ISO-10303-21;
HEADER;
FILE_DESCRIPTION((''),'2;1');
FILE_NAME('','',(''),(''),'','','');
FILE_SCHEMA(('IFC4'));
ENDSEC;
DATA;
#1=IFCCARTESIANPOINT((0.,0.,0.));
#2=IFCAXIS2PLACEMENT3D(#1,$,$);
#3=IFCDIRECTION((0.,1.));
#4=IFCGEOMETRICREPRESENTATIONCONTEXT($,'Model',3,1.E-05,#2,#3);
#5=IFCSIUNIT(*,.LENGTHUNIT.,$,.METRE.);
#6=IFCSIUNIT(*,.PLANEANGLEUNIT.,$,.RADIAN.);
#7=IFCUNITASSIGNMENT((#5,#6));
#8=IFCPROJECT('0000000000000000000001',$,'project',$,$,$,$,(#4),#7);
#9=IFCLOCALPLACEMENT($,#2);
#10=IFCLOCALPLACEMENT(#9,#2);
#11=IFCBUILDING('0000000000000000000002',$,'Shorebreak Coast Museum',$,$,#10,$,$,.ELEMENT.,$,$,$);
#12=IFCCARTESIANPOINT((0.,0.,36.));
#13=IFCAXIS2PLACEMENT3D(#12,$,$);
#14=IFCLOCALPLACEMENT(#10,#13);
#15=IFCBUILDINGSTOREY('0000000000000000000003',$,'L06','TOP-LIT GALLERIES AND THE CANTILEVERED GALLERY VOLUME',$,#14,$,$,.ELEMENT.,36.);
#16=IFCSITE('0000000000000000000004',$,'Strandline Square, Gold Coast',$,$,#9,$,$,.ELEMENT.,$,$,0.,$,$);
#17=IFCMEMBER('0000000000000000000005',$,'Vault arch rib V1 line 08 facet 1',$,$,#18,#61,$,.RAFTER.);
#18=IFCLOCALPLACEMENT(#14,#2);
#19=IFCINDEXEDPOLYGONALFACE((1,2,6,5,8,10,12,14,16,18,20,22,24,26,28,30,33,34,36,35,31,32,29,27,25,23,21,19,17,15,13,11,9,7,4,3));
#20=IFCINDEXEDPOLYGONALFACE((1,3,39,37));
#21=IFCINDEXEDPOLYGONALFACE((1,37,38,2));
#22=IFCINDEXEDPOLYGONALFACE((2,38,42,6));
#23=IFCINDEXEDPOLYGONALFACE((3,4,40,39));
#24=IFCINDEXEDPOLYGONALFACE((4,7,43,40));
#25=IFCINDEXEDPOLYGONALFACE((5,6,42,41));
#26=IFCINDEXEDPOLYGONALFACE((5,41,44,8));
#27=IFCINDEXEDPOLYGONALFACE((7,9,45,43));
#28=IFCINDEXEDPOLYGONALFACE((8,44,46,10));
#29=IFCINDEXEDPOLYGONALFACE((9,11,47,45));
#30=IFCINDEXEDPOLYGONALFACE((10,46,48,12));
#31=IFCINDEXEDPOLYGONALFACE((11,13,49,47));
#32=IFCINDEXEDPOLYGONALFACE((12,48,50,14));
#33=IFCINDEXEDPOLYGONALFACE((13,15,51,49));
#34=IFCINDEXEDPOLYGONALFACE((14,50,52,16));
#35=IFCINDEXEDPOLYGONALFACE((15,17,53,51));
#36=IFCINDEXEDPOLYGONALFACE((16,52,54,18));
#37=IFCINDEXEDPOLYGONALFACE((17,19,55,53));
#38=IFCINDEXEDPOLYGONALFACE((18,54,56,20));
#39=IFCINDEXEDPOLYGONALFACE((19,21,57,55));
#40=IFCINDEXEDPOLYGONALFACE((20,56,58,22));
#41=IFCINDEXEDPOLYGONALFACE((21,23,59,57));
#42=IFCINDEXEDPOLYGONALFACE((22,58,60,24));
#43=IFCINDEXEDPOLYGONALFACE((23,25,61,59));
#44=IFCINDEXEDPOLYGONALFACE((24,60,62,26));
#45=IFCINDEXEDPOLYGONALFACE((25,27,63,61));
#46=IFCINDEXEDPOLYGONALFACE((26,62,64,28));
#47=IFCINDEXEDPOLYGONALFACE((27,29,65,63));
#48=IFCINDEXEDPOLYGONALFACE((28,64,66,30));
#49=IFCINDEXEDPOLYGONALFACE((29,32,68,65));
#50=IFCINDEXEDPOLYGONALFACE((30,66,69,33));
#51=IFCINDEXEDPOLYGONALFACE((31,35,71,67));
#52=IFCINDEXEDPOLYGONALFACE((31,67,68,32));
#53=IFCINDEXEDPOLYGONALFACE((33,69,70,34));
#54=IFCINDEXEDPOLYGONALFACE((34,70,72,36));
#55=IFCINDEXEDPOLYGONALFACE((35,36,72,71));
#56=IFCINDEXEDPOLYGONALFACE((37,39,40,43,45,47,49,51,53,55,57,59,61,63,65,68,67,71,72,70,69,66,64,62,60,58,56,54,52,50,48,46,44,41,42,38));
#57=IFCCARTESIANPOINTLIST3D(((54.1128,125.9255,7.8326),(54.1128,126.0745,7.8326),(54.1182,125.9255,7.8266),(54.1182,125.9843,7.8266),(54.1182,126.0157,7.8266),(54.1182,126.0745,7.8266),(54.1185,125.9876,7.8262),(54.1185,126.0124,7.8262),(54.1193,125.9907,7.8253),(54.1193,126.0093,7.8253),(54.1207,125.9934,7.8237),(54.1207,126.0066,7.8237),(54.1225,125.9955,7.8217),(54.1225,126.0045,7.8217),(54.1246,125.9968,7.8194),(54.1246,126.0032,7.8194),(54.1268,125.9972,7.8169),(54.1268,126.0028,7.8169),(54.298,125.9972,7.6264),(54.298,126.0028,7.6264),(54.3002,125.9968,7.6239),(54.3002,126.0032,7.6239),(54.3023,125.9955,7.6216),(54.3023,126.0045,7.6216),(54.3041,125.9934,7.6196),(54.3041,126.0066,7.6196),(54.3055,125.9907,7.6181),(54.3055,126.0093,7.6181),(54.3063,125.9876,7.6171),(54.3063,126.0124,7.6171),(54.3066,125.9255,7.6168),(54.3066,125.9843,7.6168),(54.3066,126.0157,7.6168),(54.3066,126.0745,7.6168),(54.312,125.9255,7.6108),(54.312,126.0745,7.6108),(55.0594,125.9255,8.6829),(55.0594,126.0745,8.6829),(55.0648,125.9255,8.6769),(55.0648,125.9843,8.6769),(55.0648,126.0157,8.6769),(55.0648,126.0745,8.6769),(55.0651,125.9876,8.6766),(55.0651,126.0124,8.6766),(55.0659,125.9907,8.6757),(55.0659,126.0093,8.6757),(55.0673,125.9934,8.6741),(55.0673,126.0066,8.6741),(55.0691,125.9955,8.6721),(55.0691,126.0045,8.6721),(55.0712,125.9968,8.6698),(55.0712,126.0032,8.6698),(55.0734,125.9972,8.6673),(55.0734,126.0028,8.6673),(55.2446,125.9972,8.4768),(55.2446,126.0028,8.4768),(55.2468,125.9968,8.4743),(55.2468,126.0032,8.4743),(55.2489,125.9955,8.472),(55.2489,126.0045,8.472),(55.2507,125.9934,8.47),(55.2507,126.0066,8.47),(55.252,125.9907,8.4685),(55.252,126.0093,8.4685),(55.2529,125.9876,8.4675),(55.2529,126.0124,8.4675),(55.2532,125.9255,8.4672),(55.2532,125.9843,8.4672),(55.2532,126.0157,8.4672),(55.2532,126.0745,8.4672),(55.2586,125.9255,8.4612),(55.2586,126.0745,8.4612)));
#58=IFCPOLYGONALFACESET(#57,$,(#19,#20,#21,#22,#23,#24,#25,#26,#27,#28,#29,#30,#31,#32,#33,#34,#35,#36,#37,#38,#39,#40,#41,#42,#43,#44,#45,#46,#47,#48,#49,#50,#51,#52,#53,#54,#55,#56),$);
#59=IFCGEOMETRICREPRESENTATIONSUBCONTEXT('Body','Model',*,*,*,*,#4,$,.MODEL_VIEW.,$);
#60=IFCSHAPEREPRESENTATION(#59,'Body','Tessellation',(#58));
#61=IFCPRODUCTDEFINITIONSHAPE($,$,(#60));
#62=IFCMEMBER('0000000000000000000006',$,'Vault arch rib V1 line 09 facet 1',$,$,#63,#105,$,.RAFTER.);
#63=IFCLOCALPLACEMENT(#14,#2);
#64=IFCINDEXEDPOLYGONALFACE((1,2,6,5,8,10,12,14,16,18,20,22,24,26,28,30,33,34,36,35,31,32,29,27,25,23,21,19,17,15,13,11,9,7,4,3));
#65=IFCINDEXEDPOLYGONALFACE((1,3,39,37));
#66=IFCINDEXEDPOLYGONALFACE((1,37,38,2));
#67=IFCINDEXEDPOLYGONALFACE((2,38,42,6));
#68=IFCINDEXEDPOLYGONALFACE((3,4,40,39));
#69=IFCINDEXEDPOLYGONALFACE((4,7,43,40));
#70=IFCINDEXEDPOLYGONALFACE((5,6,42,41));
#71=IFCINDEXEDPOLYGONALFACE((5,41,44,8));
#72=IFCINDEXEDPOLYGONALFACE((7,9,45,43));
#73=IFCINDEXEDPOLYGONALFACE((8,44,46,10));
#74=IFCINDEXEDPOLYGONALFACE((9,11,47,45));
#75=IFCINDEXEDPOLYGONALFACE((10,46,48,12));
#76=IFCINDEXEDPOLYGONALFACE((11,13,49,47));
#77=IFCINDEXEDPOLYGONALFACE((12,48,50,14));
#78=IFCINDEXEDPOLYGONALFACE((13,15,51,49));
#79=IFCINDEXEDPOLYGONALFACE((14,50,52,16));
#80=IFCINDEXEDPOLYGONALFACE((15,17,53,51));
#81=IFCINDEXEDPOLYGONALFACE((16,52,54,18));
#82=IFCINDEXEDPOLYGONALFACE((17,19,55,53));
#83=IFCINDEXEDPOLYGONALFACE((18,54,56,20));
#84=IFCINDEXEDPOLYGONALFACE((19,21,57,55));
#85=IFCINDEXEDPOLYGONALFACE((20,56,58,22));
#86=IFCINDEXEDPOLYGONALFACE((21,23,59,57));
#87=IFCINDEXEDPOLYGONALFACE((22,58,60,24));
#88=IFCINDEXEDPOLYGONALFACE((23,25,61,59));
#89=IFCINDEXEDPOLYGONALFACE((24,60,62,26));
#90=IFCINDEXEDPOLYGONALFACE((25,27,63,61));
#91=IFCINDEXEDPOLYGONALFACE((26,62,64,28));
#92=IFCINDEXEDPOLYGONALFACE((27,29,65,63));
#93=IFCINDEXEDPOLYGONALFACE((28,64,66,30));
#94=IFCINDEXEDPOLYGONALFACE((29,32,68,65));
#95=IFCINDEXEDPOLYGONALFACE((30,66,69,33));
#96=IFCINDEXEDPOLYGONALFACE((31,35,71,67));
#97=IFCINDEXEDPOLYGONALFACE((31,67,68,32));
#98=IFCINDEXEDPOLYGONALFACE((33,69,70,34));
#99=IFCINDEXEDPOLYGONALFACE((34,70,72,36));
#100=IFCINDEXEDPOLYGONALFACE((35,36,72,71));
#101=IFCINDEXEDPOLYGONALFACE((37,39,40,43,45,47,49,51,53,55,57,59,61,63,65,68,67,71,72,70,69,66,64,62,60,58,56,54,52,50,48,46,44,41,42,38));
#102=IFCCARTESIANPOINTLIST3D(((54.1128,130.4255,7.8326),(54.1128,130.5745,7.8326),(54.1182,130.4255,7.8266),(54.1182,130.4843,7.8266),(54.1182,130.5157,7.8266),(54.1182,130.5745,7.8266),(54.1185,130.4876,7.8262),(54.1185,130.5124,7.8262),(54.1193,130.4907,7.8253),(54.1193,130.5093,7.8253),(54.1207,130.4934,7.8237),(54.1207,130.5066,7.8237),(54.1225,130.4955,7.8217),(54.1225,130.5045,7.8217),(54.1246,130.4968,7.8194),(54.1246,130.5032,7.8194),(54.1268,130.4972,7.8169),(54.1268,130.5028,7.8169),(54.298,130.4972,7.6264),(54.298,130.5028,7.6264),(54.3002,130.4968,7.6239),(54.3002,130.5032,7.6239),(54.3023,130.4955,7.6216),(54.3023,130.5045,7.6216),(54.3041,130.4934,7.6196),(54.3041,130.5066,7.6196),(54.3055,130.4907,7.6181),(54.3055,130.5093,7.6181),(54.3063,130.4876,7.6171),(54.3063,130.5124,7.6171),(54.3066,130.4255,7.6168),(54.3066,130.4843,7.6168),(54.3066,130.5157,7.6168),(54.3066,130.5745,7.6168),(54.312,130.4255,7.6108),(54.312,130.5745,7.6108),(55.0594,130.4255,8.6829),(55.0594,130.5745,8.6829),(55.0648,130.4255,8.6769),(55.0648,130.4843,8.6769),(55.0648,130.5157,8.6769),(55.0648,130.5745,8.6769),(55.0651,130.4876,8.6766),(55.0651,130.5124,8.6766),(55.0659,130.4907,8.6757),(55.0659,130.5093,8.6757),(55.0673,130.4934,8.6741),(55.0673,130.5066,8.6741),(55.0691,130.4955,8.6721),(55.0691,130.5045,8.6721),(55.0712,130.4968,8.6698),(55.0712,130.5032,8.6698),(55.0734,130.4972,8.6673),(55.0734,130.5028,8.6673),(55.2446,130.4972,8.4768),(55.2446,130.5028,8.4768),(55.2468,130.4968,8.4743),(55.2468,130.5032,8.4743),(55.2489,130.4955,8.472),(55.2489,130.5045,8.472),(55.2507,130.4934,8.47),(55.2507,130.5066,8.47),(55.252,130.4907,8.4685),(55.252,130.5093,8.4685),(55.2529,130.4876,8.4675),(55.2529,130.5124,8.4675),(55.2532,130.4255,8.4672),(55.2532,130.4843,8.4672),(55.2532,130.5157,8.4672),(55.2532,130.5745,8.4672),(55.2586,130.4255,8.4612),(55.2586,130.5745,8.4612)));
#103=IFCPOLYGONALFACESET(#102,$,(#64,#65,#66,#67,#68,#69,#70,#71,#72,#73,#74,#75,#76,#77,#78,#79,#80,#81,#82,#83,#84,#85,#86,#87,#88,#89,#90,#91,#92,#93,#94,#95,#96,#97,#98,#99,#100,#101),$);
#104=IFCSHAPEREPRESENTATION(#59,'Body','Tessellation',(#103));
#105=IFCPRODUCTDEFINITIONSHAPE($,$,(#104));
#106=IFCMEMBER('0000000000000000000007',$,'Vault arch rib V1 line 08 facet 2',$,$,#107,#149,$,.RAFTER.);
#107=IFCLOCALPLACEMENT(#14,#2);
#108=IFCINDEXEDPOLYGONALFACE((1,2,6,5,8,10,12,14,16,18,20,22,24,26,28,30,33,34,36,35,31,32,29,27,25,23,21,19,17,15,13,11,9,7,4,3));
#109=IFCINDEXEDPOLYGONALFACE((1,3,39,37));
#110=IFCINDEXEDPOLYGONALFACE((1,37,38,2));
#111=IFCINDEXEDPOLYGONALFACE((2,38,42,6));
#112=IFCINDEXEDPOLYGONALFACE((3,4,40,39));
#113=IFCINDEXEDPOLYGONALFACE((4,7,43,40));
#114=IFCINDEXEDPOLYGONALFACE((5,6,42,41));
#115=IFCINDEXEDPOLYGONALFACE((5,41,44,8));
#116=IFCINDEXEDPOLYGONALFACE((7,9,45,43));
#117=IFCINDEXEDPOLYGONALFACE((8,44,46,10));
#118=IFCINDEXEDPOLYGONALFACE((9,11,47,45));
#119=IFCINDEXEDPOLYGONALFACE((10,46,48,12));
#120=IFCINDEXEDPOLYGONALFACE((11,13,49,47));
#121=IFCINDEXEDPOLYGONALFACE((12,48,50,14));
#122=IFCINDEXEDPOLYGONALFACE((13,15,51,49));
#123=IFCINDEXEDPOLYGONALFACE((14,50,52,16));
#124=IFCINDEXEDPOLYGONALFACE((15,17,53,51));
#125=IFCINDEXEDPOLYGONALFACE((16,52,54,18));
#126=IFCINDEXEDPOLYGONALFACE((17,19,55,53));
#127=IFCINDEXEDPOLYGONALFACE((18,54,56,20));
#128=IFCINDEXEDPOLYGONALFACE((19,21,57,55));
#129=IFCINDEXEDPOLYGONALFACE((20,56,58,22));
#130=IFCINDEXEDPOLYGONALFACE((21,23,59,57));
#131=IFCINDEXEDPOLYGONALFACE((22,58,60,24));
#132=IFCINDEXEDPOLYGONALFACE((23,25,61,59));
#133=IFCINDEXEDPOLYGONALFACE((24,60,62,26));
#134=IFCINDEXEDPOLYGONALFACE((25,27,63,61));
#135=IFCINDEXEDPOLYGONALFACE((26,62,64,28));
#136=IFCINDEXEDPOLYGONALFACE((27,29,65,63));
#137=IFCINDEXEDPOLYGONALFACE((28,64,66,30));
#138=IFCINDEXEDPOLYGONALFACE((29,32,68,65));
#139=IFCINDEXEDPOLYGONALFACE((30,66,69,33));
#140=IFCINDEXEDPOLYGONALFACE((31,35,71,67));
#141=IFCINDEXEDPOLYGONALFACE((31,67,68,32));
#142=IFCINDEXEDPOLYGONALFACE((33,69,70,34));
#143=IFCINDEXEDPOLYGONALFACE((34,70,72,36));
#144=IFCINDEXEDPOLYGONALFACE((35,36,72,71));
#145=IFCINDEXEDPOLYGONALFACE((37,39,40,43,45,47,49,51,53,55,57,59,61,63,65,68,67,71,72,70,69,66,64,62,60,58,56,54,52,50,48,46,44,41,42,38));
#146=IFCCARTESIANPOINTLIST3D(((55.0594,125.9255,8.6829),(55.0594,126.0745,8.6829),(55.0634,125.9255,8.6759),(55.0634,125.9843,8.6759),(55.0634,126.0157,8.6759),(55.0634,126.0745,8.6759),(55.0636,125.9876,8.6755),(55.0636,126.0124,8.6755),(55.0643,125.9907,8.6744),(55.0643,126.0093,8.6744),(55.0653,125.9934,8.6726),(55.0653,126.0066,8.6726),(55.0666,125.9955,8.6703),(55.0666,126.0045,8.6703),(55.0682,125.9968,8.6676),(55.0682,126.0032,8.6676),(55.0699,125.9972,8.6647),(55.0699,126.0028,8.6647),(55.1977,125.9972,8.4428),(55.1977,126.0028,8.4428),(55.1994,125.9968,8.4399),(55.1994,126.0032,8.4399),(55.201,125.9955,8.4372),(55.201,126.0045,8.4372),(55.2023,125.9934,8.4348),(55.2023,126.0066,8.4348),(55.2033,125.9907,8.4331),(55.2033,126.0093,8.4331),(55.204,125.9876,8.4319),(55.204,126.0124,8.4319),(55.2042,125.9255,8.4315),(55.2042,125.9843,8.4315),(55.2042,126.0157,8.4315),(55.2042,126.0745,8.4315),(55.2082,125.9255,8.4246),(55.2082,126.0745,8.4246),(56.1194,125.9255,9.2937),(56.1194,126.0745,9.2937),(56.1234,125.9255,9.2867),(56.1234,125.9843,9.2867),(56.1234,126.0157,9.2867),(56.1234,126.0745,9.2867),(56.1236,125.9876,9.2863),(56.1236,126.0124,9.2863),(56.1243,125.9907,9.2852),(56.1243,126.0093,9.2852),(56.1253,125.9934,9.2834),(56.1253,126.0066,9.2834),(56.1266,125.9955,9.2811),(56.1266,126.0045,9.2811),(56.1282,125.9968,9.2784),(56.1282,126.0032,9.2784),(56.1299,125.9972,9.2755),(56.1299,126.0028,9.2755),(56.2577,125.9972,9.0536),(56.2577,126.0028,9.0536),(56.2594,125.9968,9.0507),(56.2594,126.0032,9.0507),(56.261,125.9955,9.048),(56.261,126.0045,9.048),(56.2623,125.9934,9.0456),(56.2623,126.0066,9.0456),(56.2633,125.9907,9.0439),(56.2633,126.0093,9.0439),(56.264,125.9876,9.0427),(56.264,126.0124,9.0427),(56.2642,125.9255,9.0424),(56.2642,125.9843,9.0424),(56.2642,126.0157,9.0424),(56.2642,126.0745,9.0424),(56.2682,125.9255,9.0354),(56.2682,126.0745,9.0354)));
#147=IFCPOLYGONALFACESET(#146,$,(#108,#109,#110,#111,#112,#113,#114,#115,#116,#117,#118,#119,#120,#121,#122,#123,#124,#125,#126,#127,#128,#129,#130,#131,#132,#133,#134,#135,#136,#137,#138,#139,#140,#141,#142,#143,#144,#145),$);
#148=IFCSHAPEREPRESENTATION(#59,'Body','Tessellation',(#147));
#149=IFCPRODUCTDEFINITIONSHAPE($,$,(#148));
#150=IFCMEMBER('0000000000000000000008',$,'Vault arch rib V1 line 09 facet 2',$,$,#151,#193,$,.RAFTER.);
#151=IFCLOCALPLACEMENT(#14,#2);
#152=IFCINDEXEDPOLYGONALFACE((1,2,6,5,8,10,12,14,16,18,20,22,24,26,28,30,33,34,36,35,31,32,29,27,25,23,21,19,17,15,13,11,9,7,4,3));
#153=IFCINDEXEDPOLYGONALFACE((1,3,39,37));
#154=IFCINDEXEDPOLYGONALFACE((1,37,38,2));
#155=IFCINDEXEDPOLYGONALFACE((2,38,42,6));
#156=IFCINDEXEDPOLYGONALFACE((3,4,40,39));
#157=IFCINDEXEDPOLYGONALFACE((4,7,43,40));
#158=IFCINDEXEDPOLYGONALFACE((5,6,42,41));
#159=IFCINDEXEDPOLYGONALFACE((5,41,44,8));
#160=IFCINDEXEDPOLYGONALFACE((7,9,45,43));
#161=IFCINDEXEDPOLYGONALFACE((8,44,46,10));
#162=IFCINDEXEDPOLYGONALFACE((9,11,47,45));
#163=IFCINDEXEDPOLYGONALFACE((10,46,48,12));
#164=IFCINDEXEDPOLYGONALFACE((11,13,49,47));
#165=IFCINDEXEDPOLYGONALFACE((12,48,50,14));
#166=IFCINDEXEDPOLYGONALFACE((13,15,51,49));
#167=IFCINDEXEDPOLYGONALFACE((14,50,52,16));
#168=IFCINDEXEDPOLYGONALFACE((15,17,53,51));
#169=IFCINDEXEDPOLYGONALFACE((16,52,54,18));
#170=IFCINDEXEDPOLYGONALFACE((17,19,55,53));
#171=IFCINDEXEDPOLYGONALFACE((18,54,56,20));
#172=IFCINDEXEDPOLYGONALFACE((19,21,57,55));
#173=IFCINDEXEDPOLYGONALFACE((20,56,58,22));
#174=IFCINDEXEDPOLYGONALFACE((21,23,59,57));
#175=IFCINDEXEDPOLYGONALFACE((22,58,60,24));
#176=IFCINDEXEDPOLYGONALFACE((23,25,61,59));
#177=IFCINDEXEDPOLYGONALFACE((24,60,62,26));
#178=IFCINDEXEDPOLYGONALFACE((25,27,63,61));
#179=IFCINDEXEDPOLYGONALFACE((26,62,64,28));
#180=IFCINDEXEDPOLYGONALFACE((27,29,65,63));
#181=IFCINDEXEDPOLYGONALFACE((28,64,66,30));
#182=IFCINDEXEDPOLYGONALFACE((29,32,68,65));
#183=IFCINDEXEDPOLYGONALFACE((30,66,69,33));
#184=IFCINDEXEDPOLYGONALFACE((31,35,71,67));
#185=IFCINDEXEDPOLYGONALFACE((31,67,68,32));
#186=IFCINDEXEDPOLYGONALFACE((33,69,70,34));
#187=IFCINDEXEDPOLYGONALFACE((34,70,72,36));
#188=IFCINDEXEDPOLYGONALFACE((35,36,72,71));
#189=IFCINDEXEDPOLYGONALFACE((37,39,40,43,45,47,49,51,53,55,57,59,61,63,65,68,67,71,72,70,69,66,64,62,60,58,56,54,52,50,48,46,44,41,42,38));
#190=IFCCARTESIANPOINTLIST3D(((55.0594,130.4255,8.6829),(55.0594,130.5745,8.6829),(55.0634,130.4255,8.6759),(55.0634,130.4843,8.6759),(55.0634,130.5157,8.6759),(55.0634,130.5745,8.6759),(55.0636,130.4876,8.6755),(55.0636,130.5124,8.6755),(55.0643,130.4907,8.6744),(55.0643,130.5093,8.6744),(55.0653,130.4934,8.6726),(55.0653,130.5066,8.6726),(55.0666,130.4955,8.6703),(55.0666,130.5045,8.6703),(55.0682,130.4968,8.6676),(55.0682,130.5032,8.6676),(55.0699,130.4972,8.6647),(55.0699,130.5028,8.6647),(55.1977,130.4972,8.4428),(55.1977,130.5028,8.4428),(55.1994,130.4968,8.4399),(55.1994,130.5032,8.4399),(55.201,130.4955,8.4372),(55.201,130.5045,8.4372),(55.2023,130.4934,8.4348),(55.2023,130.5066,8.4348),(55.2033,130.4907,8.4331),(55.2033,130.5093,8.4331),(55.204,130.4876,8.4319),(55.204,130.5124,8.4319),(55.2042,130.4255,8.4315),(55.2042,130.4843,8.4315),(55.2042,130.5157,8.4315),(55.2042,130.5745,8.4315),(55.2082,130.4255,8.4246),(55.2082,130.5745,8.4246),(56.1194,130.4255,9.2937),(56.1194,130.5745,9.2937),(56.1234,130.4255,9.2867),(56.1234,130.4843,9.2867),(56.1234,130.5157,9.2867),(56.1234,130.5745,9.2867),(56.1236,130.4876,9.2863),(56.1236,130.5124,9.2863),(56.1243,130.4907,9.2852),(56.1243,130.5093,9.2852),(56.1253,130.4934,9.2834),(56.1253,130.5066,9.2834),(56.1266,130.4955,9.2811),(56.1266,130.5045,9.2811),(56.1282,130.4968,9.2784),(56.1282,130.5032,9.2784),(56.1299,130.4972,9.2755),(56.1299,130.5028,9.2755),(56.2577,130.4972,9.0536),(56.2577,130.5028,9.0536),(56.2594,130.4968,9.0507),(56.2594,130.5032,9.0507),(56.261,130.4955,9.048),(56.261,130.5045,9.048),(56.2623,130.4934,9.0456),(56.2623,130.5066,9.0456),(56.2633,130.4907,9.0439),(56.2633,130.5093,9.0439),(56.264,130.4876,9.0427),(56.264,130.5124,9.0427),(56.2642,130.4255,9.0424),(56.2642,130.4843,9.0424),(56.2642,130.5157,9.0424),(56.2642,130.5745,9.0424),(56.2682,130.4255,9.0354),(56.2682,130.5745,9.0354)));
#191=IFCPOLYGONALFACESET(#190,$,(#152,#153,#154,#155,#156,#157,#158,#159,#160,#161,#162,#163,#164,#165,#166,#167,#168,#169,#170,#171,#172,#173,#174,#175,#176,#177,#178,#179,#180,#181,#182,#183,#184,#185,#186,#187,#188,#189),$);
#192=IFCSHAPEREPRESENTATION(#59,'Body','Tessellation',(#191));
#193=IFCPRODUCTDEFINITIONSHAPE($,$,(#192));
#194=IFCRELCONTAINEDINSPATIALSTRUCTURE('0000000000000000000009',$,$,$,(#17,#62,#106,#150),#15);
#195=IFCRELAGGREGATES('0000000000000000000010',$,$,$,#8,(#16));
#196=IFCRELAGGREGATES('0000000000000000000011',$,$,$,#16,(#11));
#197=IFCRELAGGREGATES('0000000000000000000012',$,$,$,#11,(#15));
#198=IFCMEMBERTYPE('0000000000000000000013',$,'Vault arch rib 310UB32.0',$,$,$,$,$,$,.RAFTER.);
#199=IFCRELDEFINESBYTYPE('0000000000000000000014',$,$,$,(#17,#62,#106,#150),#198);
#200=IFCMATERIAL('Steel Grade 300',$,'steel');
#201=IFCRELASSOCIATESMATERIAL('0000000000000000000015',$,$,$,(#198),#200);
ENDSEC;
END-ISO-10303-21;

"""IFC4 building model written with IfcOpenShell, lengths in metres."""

from ifc_helpers import new_model, si_unit, direction, frame, origin, origin_2d, place, context, subcontext, project, spatial, i_section, extrude, material, material_profile, profile_set, type_object, element, save


model = new_model("IFC4")

# Units and contexts
model_context = context("Model", 3, precision=1e-05, world=origin(), true_north=direction((0.0, 1.0)))
body_context = subcontext(model_context, "Body", "Model", "MODEL_VIEW")
ifc_project = project(units=[si_unit("LENGTHUNIT", "METRE"), si_unit("PLANEANGLEUNIT", "RADIAN")], contexts=[model_context])

# Site, building, storey
site_placement = place(None, origin())
site = spatial("IfcSite", under=ifc_project, at=site_placement, Name="Strandline Square, Gold Coast", CompositionType="ELEMENT", RefElevation=0.0)
building_placement = place(site_placement, origin())
building = spatial("IfcBuilding", under=site, at=building_placement, Name="Shorebreak Coast Museum", CompositionType="ELEMENT")
storey_placement = place(building_placement, frame((0.0, 0.0, 36.0)))
storey = spatial("IfcBuildingStorey", under=building, at=storey_placement, Name="L06", Description="TOP-LIT GALLERIES AND THE CANTILEVERED GALLERY VOLUME", CompositionType="ELEMENT", Elevation=36.0)

# Members
ifc_material_1 = material(Name="Steel Grade 300", Category="steel")
ifc_material_profile_1 = material_profile(ifc_material_1, i_section(OverallWidth=0.1489, OverallDepth=0.2981, WebThickness=0.0056, FlangeThickness=0.0081, FilletRadius=0.0129, at=origin_2d()), Name="310UB32.0")
ifc_profile_set_1 = profile_set([ifc_material_profile_1], Name="Steel Grade 300")
member_type_1 = type_object("IfcMemberType", Name="Vault arch rib 310UB32.0", PredefinedType="RAFTER", material=ifc_profile_set_1)
for number, where, z_axis, x_axis, name in (
    (1, (54.2124, 126.0, 7.7217), (0.743895, 0.0, 0.668297), (0.0, 1.0, 0.0), "Vault arch rib V1 line 08 facet 1"),
    (2, (54.2124, 130.5, 7.7217), (0.743895, 0.0, 0.668297), (0.0, 1.0, 0.0), "Vault arch rib V1 line 09 facet 1"),
):
    element("IfcMember", number, at=place(storey_placement, frame(where, z_axis=z_axis, x_axis=x_axis)), inside=storey, type_object=member_type_1, Name=name, PredefinedType="RAFTER", context=body_context, shape_type="SweptSolid", body=[
        extrude(i_section(OverallWidth=0.1489, OverallDepth=0.2981, WebThickness=0.0056, FlangeThickness=0.0081, FilletRadius=0.0129, at=origin_2d()), origin(), (0.0, 0.0, 1.0), 1.2725),
    ])
for number, where, z_axis, x_axis, name in (
    (3, (55.1338, 126.0, 8.5537), (0.866445, 0.0, 0.499273), (0.0, 1.0, 0.0), "Vault arch rib V1 line 08 facet 2"),
    (4, (55.1338, 130.5, 8.5537), (0.866445, 0.0, 0.499273), (0.0, 1.0, 0.0), "Vault arch rib V1 line 09 facet 2"),
):
    element("IfcMember", number, at=place(storey_placement, frame(where, z_axis=z_axis, x_axis=x_axis)), inside=storey, type_object=member_type_1, Name=name, PredefinedType="RAFTER", context=body_context, shape_type="SweptSolid", body=[
        extrude(i_section(OverallWidth=0.1489, OverallDepth=0.2981, WebThickness=0.0056, FlangeThickness=0.0081, FilletRadius=0.0129, at=origin_2d()), origin(), (0.0, 0.0, 1.0), 1.2234),
    ])

save(model, "model.ifc")
